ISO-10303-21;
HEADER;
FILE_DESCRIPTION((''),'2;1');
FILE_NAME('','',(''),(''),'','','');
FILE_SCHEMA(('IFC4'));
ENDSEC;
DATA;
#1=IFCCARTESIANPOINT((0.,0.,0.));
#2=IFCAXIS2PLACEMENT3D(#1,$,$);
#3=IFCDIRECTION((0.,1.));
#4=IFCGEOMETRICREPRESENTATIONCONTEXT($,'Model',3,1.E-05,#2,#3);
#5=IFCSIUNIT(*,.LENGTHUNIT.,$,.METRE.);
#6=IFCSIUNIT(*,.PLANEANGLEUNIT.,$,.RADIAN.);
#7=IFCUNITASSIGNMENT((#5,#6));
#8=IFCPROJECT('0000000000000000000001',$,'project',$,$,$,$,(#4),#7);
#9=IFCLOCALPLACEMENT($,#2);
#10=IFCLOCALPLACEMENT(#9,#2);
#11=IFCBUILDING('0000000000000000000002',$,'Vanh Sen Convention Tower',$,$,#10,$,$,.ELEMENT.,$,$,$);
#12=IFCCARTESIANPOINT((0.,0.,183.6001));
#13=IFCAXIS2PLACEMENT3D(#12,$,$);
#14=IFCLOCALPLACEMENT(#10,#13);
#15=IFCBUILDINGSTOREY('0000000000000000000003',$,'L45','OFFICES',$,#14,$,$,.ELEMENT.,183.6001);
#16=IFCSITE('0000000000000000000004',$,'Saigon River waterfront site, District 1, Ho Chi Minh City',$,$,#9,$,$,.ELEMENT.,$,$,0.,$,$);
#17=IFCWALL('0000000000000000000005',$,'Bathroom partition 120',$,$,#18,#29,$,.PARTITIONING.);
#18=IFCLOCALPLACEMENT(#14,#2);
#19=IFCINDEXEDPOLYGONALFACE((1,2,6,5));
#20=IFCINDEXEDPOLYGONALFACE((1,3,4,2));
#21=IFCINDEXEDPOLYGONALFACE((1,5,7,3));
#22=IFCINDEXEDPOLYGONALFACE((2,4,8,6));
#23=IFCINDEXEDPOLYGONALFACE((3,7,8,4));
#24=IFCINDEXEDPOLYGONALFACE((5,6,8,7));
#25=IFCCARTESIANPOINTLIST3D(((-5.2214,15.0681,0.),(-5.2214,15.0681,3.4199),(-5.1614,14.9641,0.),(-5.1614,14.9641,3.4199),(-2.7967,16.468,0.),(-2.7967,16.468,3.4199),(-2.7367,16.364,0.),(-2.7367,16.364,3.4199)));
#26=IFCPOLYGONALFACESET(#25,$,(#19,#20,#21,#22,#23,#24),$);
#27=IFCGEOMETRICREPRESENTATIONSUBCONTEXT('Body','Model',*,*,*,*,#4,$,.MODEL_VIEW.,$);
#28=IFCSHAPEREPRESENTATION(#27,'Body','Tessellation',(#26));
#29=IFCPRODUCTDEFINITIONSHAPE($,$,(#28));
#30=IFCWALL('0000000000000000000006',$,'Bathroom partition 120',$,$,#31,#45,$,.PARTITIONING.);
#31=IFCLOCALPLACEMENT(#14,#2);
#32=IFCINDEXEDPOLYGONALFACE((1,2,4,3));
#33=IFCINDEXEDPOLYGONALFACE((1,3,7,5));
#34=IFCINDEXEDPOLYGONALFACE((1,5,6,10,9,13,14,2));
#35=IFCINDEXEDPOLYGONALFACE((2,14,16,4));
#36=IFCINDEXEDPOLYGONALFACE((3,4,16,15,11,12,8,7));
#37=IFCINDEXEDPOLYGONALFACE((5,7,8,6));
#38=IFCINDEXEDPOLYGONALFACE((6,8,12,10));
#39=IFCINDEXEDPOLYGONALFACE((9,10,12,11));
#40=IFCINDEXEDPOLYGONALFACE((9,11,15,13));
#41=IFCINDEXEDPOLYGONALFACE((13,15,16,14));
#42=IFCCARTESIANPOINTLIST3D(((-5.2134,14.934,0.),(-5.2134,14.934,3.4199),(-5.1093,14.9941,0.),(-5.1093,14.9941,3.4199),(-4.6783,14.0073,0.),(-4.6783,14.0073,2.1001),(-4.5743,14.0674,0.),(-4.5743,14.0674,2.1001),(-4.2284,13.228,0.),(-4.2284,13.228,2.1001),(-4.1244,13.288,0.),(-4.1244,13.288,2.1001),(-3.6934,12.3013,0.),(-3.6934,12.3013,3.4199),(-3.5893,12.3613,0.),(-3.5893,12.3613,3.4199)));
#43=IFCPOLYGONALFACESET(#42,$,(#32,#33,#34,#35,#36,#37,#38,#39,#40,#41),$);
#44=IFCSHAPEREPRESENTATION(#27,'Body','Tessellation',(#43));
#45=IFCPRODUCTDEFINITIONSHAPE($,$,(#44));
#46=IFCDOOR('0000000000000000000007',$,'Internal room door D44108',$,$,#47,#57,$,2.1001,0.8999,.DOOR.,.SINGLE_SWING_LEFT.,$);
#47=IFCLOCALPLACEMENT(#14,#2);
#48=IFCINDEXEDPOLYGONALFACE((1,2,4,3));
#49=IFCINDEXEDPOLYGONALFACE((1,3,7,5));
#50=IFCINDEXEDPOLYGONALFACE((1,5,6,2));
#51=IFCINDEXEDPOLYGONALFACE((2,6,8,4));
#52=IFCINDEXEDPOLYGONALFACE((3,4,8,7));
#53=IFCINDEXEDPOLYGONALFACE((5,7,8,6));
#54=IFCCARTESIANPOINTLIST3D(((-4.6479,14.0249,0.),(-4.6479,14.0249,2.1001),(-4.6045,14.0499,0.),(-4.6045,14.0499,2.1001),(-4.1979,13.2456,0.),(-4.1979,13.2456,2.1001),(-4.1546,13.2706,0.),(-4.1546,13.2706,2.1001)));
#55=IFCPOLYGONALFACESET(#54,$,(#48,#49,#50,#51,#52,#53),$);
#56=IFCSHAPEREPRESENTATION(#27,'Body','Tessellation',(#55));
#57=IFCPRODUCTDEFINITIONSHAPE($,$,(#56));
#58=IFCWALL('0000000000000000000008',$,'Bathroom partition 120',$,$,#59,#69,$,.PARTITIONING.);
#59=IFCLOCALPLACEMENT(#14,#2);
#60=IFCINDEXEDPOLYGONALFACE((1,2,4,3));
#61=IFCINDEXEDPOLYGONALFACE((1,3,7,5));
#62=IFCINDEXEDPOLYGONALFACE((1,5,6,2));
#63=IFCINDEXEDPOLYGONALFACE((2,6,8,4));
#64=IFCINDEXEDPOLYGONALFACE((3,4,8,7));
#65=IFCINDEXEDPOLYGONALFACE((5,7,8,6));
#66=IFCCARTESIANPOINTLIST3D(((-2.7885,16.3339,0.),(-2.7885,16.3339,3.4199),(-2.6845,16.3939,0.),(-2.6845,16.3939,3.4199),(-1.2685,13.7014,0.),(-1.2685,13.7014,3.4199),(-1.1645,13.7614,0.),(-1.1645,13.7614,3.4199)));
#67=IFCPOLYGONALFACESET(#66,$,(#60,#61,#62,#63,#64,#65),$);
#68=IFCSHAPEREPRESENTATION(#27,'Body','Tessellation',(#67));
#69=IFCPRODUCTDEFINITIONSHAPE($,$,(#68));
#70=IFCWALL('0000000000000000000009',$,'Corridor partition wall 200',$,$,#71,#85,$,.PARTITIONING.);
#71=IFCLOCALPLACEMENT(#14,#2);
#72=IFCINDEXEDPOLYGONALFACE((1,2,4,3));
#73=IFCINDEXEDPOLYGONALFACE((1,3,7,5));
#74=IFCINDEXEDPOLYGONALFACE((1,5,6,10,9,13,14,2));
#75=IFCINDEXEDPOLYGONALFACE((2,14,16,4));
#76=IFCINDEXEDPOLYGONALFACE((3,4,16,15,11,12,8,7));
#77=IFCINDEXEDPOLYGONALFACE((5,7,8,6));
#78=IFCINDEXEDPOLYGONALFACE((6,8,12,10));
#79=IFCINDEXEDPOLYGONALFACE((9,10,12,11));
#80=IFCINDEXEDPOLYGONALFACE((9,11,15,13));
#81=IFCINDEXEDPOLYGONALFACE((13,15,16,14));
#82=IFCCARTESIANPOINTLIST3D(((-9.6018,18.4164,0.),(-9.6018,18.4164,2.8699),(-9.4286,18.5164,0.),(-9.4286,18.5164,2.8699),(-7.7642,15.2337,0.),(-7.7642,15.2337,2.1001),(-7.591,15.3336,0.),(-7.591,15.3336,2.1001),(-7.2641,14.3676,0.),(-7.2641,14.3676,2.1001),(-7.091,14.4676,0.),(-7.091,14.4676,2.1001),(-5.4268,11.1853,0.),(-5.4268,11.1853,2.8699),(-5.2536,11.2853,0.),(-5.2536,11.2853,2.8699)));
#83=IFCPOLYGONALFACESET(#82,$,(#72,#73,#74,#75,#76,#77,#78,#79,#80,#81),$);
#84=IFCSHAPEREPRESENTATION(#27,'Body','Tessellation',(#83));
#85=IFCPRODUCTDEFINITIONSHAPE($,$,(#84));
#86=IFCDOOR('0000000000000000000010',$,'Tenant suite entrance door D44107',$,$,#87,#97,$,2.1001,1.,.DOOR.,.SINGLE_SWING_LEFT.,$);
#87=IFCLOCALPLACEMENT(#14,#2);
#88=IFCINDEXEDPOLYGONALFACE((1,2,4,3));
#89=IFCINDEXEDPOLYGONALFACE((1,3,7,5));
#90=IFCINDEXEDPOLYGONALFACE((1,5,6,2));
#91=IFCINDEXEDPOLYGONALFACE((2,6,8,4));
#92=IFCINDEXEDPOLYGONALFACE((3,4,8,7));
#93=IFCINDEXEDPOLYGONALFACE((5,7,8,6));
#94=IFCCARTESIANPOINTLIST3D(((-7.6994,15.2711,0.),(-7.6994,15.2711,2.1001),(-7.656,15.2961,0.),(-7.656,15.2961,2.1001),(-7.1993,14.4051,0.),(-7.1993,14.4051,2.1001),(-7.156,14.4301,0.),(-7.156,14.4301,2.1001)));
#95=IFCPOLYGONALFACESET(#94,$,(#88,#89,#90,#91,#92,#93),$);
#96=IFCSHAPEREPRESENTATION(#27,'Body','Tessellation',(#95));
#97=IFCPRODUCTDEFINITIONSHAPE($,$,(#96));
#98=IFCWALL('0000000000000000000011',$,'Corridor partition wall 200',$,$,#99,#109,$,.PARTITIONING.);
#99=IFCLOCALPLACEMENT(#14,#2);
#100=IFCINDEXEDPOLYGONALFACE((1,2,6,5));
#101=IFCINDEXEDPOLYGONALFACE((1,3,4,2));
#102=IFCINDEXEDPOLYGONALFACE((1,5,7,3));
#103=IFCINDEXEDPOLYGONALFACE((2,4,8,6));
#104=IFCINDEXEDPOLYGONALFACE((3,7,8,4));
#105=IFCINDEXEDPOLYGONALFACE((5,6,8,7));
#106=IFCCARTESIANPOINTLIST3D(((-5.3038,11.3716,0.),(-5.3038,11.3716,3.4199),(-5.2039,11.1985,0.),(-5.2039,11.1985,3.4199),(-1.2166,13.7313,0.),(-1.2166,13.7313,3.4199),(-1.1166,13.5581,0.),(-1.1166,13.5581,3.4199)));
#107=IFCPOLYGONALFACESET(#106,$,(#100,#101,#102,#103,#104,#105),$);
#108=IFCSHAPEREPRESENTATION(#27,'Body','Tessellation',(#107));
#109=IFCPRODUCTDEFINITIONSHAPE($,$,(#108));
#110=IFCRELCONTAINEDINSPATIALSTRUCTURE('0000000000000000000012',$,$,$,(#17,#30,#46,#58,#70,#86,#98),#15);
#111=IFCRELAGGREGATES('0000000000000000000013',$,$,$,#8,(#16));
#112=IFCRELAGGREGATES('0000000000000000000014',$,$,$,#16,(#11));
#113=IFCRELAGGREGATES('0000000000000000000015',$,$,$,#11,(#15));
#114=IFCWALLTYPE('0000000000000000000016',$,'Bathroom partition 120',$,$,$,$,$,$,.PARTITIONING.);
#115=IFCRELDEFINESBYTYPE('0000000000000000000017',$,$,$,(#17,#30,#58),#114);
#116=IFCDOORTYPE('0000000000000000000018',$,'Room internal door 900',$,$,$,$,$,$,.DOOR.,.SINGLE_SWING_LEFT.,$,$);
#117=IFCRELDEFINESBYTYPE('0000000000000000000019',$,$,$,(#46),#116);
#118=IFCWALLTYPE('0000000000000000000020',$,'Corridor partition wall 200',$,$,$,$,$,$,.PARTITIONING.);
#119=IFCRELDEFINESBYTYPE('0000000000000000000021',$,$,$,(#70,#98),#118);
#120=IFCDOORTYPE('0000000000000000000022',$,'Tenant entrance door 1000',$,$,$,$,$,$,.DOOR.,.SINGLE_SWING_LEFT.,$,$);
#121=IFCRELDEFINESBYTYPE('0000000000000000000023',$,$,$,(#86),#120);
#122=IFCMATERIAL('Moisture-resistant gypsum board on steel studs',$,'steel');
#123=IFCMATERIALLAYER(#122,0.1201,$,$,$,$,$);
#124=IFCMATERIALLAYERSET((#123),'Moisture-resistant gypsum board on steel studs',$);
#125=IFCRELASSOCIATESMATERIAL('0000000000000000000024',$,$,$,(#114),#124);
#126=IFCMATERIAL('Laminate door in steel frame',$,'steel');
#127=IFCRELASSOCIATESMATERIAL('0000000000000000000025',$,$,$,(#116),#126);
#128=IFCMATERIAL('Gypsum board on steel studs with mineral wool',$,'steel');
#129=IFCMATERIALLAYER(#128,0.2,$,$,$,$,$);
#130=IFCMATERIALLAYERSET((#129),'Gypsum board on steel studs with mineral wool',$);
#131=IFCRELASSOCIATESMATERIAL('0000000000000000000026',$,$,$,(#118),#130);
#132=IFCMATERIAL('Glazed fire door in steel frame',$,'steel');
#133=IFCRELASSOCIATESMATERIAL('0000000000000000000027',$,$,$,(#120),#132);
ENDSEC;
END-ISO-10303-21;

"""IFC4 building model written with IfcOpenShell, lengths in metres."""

from ifc_helpers import new_model, si_unit, direction, frame, frame_2d, origin, place, context, subcontext, project, spatial, rectangle, extrude, material, layer, layer_set, type_object, element, fill, save


model = new_model("IFC4")

# Units and contexts
model_context = context("Model", 3, precision=1e-05, world=origin(), true_north=direction((0.0, 1.0)))
body_context = subcontext(model_context, "Body", "Model", "MODEL_VIEW")
ifc_project = project(units=[si_unit("LENGTHUNIT", "METRE"), si_unit("PLANEANGLEUNIT", "RADIAN")], contexts=[model_context])

# Site, building, storey
site_placement = place(None, origin())
site = spatial("IfcSite", under=ifc_project, at=site_placement, Name="Saigon River waterfront site, District 1, Ho Chi Minh City", CompositionType="ELEMENT", RefElevation=0.0)
building_placement = place(site_placement, origin())
building = spatial("IfcBuilding", under=site, at=building_placement, Name="Vanh Sen Convention Tower", CompositionType="ELEMENT")
storey_placement = place(building_placement, frame((0.0, 0.0, 183.6001)))
storey = spatial("IfcBuildingStorey", under=building, at=storey_placement, Name="L45", Description="OFFICES", CompositionType="ELEMENT", Elevation=183.6001)

# Wall
ifc_material_1 = material(Name="Moisture-resistant gypsum board on steel studs", Category="steel")
ifc_layer_1 = layer(ifc_material_1, 0.1201)
ifc_layer_set_1 = layer_set([ifc_layer_1], Name="Moisture-resistant gypsum board on steel studs")
wall_type_1 = type_object("IfcWallType", Name="Bathroom partition 120", PredefinedType="PARTITIONING", material=ifc_layer_set_1)
wall_1_placement = place(storey_placement, frame((-5.1914, 15.0161, 0.0), z_axis=(0.0, 0.0, 1.0), x_axis=(0.866035, 0.499984, 0.0)))
element("IfcWall", 1, at=wall_1_placement, inside=storey, type_object=wall_type_1, Name="Bathroom partition 120", PredefinedType="PARTITIONING", context=body_context, shape_type="SweptSolid", body=[
    extrude(rectangle(XDim=2.7998, YDim=0.1201, at=frame_2d((1.3999, 0.0))), origin(), (0.0, 0.0, 1.0), 3.4199),
])

# Wall, opening, door
wall_2_placement = place(storey_placement, frame((-3.6414, 12.3313, 0.0), z_axis=(0.0, 0.0, 1.0), x_axis=(-0.499991, 0.86603, 0.0)))
wall_2 = element("IfcWall", 2, at=wall_2_placement, inside=storey, type_object=wall_type_1, Name="Bathroom partition 120", PredefinedType="PARTITIONING", context=body_context, shape_type="SweptSolid", body=[
    extrude(rectangle(XDim=3.04, YDim=0.1201, at=frame_2d((1.52, 0.0))), origin(), (0.0, 0.0, 1.0), 3.4199),
])
opening_1_placement = place(wall_2_placement, frame((1.0701, 0.0, 0.0)))
opening_1 = element("IfcOpeningElement", 3, at=opening_1_placement, cuts=wall_2, PredefinedType="OPENING", context=body_context, shape_type="SweptSolid", body=[
    extrude(rectangle(XDim=0.8999, YDim=2.1001, at=frame_2d((0.45, 1.05))), frame((0.0, 0.0701, 0.0), z_axis=(0.0, -1.0, 0.0), x_axis=(1.0, 0.0, 0.0)), (0.0, 0.0, 1.0), 0.1401),
])
ifc_material_2 = material(Name="Laminate door in steel frame", Category="steel")
door_type_1 = type_object("IfcDoorType", Name="Room internal door 900", OperationType="SINGLE_SWING_LEFT", PredefinedType="DOOR", material=ifc_material_2)
door_1_placement = place(opening_1_placement, origin())
door_1 = element("IfcDoor", 4, at=door_1_placement, inside=storey, type_object=door_type_1, Name="Internal room door D44108", OperationType="SINGLE_SWING_LEFT", OverallHeight=2.1001, OverallWidth=0.8999, PredefinedType="DOOR", context=body_context, shape_type="SweptSolid", body=[
    extrude(rectangle(XDim=0.8999, YDim=2.1001, at=frame_2d((0.45, 1.05))), frame((0.0, 0.0249, 0.0), z_axis=(0.0, -1.0, 0.0), x_axis=(1.0, 0.0, 0.0)), (0.0, 0.0, 1.0), 0.05),
])
fill(opening_1, door_1)

# Wall
wall_3_placement = place(storey_placement, frame((-2.7366, 16.364, 0.0), z_axis=(0.0, 0.0, 1.0), x_axis=(0.500026, -0.86601, 0.0)))
element("IfcWall", 5, at=wall_3_placement, inside=storey, type_object=wall_type_1, Name="Bathroom partition 120", PredefinedType="PARTITIONING", context=body_context, shape_type="SweptSolid", body=[
    extrude(rectangle(XDim=3.0398, YDim=0.1201, at=frame_2d((1.52, 0.0))), origin(), (0.0, 0.0, 1.0), 3.4199),
])

# Wall, opening, door
ifc_material_3 = material(Name="Gypsum board on steel studs with mineral wool", Category="steel")
ifc_layer_2 = layer(ifc_material_3, 0.2)
ifc_layer_set_2 = layer_set([ifc_layer_2], Name="Gypsum board on steel studs with mineral wool")
wall_type_2 = type_object("IfcWallType", Name="Corridor partition wall 200", PredefinedType="PARTITIONING", material=ifc_layer_set_2)
wall_4_placement = place(storey_placement, frame((-9.5151, 18.4663, 0.0), z_axis=(0.0, 0.0, 1.0), x_axis=(0.50001, -0.86602, 0.0)))
wall_4 = element("IfcWall", 6, at=wall_4_placement, inside=storey, type_object=wall_type_2, Name="Corridor partition wall 200", PredefinedType="PARTITIONING", context=body_context, shape_type="SweptSolid", body=[
    extrude(rectangle(XDim=8.3499, YDim=0.2, at=frame_2d((4.1748, 0.0))), origin(), (0.0, 0.0, 1.0), 2.8699),
])
opening_2_placement = place(wall_4_placement, frame((3.675, 0.0, 0.0)))
opening_2 = element("IfcOpeningElement", 7, at=opening_2_placement, cuts=wall_4, PredefinedType="OPENING", context=body_context, shape_type="SweptSolid", body=[
    extrude(rectangle(XDim=1.0, YDim=2.1001, at=frame_2d((0.5, 1.05))), frame((0.0, 0.1099, 0.0), z_axis=(0.0, -1.0, 0.0), x_axis=(1.0, 0.0, 0.0)), (0.0, 0.0, 1.0), 0.22),
])
ifc_material_4 = material(Name="Glazed fire door in steel frame", Category="steel")
door_type_2 = type_object("IfcDoorType", Name="Tenant entrance door 1000", OperationType="SINGLE_SWING_LEFT", PredefinedType="DOOR", material=ifc_material_4)
door_2_placement = place(opening_2_placement, origin())
door_2 = element("IfcDoor", 8, at=door_2_placement, inside=storey, type_object=door_type_2, Name="Tenant suite entrance door D44107", OperationType="SINGLE_SWING_LEFT", OverallHeight=2.1001, OverallWidth=1.0, PredefinedType="DOOR", context=body_context, shape_type="SweptSolid", body=[
    extrude(rectangle(XDim=1.0, YDim=2.1001, at=frame_2d((0.5, 1.05))), frame((0.0, 0.0249, 0.0), z_axis=(0.0, -1.0, 0.0), x_axis=(1.0, 0.0, 0.0)), (0.0, 0.0, 1.0), 0.05),
])
fill(opening_2, door_2)

# Wall
wall_5_placement = place(storey_placement, frame((-1.1665, 13.6448, 0.0), z_axis=(0.0, 0.0, 1.0), x_axis=(-0.866035, -0.499984, 0.0)))
element("IfcWall", 9, at=wall_5_placement, inside=storey, type_object=wall_type_2, Name="Corridor partition wall 200", PredefinedType="PARTITIONING", context=body_context, shape_type="SweptSolid", body=[
    extrude(rectangle(XDim=4.7195, YDim=0.2, at=frame_2d((2.3599, 0.0))), origin(), (0.0, 0.0, 1.0), 3.4199),
])

save(model, "model.ifc")
